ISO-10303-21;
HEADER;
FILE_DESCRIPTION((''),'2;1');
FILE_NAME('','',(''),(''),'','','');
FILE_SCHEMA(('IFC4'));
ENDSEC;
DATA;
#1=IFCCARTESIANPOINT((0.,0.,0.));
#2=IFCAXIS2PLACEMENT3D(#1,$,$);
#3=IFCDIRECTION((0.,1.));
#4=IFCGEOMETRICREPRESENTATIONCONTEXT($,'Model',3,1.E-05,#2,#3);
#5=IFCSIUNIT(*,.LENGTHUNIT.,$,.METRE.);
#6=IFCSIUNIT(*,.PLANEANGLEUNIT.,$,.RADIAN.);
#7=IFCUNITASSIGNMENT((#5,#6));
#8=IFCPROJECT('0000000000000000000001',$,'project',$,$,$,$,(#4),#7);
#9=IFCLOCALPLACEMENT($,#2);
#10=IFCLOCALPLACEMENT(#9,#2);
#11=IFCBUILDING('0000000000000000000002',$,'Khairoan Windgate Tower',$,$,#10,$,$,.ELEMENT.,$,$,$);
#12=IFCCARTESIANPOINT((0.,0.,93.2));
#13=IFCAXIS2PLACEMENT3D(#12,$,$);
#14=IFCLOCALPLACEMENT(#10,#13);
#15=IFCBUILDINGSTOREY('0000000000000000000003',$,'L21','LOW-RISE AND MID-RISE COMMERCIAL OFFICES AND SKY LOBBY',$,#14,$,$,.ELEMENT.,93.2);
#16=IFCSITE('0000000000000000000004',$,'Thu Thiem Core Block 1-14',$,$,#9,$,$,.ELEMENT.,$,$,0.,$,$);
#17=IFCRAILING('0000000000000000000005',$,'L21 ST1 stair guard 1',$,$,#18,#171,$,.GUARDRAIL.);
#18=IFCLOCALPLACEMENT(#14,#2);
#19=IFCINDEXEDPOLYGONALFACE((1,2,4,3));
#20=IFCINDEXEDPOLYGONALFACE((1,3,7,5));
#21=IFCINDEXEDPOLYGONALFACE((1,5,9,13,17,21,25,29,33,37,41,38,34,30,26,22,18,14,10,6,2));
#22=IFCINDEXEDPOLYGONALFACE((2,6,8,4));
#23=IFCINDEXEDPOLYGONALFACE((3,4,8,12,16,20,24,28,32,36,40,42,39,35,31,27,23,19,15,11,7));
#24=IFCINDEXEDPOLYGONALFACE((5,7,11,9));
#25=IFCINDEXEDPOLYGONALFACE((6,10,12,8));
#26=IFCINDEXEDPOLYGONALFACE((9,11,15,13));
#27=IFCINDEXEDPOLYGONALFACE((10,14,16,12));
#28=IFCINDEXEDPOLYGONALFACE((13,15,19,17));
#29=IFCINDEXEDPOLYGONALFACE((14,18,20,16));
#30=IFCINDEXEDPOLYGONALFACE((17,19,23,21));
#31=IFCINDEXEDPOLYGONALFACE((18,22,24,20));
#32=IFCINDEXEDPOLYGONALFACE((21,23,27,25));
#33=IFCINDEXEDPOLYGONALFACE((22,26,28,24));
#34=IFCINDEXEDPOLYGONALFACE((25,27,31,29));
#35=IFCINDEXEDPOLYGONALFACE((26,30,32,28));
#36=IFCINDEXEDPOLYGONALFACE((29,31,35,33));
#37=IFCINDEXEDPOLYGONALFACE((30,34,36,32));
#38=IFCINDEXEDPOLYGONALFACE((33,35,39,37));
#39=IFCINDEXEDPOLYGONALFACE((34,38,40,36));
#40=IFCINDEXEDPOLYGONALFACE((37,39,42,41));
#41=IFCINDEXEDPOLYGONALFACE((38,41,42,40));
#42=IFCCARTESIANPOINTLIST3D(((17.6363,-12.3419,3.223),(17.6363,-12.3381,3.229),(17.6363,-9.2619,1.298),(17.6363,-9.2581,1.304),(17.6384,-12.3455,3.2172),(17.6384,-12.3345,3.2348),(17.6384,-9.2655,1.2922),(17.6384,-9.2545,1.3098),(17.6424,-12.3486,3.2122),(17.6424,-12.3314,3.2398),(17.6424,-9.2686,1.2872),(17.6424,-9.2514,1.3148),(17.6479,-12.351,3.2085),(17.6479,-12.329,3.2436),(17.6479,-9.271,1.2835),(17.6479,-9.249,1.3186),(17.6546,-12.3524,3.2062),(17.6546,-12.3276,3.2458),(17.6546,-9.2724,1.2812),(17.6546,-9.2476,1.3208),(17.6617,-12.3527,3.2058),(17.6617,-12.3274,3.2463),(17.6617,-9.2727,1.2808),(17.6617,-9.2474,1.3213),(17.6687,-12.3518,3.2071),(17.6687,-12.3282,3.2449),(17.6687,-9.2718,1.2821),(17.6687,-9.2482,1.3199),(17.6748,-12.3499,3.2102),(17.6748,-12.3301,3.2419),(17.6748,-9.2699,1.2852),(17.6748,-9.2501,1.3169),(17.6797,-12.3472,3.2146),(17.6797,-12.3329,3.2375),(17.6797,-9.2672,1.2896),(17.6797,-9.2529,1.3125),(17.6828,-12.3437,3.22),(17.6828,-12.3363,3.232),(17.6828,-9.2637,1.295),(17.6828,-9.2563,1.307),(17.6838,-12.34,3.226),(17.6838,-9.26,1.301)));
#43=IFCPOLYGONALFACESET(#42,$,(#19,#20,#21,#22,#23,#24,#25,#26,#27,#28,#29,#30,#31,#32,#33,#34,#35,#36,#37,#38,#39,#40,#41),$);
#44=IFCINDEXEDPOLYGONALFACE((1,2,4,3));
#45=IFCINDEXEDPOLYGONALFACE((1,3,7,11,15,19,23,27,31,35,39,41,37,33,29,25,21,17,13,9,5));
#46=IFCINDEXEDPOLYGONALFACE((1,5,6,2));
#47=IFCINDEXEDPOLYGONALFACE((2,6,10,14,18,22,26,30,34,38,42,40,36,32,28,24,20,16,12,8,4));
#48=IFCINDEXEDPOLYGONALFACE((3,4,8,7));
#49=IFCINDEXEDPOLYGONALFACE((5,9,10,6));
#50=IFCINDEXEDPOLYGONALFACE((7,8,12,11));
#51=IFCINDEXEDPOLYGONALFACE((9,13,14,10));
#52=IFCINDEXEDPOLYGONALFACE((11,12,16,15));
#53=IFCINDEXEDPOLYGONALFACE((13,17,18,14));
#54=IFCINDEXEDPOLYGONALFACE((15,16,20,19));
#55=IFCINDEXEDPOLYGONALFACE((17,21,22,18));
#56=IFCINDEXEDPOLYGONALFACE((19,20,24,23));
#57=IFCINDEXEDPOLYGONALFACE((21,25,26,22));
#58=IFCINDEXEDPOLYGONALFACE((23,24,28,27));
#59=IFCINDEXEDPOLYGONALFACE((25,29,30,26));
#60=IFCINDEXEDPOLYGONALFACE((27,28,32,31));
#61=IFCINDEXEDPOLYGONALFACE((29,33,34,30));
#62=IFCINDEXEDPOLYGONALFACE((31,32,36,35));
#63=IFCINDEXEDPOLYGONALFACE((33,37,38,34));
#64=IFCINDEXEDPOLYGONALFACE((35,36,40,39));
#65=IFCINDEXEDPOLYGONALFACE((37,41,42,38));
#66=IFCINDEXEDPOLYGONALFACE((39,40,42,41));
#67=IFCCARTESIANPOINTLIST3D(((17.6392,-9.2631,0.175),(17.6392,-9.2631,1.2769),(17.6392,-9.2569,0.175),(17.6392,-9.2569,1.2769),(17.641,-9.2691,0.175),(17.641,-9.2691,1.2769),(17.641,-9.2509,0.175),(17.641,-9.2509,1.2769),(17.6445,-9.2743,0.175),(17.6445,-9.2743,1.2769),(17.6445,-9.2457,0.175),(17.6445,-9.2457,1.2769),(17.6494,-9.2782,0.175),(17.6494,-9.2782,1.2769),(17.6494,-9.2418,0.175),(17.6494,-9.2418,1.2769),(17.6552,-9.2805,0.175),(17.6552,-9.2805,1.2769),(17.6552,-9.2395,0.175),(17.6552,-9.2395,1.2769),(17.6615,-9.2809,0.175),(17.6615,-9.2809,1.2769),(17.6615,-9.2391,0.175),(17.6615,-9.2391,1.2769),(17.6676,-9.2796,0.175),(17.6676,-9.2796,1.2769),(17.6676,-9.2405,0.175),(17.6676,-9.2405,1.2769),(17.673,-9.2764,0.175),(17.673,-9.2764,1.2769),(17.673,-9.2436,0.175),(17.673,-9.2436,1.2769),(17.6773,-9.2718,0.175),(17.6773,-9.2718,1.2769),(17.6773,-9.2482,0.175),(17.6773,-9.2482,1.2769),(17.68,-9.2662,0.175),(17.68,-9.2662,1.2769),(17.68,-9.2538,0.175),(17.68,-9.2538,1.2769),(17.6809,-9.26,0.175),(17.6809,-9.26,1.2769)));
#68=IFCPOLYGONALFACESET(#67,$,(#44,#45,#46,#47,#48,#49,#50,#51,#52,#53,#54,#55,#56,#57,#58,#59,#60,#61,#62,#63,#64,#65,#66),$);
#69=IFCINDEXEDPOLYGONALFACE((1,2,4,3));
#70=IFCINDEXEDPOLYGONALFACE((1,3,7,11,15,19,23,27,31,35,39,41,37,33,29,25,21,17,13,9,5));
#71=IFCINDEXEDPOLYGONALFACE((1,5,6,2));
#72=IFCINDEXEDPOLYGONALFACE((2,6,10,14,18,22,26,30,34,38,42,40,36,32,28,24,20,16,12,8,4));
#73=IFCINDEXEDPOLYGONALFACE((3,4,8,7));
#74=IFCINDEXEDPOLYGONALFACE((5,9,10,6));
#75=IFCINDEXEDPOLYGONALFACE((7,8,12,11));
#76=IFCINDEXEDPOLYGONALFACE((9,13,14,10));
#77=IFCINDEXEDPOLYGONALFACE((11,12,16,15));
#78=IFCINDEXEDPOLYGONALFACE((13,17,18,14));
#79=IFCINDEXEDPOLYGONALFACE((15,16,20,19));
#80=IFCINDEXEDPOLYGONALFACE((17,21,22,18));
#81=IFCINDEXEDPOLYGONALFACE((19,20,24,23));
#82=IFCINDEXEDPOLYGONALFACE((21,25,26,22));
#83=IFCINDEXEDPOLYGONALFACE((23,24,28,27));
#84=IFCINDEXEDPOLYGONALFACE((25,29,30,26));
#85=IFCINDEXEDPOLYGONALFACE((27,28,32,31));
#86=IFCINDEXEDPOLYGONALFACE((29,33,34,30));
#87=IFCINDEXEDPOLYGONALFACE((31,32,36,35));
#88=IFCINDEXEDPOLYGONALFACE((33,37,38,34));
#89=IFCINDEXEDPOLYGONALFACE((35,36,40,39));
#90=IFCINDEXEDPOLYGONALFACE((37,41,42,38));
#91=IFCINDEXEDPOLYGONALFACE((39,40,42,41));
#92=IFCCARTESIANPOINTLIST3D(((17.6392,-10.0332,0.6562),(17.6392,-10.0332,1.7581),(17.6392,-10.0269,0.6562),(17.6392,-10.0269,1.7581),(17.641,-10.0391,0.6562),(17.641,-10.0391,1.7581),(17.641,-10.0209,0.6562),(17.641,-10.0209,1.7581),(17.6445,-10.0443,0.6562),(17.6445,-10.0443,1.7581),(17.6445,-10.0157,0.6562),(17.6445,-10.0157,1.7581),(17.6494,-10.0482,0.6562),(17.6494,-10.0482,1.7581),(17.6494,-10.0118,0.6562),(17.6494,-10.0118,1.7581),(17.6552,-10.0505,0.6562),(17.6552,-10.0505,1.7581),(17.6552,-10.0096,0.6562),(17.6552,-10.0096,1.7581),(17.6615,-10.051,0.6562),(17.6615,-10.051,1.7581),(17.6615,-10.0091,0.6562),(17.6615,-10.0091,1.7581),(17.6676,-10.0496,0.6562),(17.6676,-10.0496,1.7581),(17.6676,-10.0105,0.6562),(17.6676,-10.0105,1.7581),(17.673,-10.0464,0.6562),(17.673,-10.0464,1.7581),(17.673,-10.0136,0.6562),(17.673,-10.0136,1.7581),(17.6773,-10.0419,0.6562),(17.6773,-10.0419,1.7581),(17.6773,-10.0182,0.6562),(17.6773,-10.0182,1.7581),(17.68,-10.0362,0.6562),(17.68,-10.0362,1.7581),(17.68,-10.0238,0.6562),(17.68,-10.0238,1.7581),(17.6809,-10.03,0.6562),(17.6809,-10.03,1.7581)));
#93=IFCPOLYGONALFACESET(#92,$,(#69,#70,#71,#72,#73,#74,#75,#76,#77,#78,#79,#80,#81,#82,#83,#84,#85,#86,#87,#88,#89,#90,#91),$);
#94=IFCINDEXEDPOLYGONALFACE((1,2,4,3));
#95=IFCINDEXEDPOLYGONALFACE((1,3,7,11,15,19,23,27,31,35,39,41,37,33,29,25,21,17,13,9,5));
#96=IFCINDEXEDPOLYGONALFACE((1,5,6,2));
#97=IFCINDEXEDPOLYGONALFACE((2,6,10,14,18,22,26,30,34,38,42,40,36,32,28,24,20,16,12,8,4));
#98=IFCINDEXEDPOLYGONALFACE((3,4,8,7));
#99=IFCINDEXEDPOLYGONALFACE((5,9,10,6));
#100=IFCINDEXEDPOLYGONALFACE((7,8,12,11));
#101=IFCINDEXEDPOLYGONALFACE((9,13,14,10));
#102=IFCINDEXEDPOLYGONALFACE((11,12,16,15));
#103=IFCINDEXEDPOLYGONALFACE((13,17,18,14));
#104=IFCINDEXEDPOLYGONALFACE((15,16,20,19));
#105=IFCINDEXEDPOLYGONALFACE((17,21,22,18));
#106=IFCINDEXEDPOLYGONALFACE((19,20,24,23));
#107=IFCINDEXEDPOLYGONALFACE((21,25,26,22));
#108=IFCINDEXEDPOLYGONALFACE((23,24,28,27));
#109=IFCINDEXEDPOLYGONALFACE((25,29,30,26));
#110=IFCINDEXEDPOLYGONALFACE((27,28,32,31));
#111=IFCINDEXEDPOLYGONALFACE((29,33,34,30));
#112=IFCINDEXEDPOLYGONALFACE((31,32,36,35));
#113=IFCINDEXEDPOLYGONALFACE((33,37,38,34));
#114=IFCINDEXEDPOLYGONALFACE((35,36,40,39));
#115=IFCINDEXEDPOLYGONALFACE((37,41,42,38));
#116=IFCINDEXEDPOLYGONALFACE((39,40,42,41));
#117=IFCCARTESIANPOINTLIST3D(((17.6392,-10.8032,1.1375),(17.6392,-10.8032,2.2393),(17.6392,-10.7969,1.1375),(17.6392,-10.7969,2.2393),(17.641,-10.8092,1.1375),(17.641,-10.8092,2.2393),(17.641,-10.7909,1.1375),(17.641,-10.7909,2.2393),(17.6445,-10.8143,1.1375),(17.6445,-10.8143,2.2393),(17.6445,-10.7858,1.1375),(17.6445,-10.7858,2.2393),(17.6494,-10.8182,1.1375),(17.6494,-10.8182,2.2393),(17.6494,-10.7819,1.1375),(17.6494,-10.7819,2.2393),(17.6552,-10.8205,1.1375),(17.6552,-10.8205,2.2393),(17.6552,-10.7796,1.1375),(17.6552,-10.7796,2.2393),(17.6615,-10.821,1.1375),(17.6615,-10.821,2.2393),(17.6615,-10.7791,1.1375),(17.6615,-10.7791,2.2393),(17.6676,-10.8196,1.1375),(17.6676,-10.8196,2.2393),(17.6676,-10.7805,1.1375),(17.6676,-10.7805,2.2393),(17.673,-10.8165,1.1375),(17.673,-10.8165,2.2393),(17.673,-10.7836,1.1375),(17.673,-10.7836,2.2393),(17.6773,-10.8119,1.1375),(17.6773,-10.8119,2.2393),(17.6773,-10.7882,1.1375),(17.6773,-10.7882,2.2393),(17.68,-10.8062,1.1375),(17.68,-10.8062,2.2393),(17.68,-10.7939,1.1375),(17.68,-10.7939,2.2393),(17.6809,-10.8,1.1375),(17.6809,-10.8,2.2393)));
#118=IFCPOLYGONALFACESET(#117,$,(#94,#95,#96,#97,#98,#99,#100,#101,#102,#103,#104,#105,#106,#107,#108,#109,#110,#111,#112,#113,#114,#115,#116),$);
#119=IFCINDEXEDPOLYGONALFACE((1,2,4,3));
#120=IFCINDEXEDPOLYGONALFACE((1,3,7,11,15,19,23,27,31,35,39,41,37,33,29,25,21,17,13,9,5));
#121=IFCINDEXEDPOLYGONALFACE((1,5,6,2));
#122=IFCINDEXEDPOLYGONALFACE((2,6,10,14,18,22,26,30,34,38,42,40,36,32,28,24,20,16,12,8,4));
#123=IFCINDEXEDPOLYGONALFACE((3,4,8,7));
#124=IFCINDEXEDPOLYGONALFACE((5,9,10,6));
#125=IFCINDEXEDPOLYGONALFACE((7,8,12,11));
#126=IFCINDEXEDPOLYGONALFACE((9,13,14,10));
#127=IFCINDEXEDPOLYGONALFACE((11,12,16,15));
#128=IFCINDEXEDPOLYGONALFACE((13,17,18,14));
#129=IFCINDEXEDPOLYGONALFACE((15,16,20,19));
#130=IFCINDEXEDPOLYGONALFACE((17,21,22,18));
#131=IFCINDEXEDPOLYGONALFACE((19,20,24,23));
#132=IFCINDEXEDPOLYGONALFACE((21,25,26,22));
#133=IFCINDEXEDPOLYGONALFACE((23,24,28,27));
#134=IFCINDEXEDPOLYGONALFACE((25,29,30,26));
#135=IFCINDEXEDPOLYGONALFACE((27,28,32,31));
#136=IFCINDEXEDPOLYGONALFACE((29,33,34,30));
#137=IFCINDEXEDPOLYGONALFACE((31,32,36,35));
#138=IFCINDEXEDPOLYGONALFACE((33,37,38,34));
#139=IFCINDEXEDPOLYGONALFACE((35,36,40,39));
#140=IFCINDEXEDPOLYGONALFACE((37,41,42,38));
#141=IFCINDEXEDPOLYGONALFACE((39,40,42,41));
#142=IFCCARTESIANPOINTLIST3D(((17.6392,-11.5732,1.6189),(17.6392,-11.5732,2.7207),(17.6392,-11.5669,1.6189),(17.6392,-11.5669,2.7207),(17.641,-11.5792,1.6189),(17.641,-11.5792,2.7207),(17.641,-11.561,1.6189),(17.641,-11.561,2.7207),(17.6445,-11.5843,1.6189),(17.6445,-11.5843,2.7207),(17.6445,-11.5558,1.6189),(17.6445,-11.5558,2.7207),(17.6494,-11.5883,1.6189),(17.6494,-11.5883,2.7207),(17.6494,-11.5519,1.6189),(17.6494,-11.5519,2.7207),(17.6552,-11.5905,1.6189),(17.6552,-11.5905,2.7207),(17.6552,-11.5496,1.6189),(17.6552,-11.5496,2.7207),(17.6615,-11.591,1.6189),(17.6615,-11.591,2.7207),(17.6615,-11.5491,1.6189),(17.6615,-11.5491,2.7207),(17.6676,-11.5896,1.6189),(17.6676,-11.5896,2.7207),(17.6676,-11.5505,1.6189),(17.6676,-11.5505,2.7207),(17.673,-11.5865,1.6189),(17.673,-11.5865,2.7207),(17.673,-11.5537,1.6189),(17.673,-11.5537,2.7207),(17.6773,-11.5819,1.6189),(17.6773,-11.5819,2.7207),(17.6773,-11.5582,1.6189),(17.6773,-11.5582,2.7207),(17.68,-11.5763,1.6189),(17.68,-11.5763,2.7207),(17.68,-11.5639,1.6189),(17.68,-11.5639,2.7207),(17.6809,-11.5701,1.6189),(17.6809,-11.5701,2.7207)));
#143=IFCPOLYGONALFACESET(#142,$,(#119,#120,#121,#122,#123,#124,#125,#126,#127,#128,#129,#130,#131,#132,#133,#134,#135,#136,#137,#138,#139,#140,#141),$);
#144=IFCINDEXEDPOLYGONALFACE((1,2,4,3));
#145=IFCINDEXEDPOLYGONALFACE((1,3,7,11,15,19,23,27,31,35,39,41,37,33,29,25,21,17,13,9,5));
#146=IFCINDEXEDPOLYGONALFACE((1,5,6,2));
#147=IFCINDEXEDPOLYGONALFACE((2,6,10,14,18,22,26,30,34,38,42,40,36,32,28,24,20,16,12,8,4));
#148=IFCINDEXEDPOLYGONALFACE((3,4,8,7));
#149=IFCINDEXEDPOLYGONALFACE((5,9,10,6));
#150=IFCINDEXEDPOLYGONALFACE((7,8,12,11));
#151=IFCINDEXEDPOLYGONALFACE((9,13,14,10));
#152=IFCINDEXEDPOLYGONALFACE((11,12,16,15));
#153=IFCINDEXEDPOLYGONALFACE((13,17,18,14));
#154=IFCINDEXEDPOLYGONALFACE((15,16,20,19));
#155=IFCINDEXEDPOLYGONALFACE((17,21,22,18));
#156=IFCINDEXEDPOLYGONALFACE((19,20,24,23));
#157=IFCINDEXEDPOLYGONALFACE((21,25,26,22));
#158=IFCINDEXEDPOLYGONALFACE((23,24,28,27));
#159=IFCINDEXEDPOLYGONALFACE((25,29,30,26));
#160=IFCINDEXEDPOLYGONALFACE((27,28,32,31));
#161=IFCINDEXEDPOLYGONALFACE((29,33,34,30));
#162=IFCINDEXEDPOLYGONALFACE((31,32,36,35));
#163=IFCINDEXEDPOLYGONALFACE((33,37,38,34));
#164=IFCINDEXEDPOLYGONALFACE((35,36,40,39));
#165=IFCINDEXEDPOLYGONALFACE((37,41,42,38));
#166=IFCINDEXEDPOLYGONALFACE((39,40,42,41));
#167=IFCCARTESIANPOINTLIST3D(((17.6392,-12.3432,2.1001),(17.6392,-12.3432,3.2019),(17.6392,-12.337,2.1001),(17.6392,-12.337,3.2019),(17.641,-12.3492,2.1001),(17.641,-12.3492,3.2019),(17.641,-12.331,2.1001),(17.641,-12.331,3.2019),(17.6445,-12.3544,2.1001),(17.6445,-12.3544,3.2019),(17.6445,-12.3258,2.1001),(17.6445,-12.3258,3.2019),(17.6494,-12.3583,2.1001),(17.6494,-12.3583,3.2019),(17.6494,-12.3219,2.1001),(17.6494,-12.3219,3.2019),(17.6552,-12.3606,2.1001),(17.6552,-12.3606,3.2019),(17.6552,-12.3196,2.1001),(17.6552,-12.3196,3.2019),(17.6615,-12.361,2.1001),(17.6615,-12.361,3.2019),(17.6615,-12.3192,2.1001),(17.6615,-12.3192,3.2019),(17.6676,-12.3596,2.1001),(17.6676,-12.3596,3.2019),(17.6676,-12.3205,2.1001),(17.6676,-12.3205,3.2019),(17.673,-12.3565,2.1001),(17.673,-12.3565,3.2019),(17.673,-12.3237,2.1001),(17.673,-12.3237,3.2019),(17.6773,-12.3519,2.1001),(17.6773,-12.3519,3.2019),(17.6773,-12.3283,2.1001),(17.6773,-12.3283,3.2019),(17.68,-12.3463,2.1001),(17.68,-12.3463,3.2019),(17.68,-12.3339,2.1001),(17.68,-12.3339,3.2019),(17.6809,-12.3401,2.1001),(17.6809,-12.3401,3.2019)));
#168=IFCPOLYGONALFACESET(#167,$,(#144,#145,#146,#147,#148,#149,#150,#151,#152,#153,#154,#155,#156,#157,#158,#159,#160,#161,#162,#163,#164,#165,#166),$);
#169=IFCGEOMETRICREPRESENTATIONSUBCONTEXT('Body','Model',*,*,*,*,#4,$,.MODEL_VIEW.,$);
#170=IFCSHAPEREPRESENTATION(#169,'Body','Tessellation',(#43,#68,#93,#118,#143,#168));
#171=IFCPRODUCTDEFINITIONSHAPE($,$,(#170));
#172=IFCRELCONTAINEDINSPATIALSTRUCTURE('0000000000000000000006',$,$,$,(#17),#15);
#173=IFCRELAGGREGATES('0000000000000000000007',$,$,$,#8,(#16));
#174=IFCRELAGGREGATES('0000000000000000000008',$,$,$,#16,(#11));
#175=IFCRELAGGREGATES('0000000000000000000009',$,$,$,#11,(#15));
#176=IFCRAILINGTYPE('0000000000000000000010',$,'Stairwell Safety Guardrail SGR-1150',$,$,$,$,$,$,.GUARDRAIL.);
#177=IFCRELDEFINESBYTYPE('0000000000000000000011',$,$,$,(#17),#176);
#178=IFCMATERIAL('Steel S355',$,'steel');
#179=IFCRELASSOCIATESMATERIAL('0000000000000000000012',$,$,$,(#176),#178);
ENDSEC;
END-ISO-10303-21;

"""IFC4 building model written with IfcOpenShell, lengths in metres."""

from ifc_helpers import new_model, si_unit, direction, frame, origin, origin_2d, place, context, subcontext, project, spatial, circle, extrude, material, type_object, element, save


model = new_model("IFC4")

# Units and contexts
model_context = context("Model", 3, precision=1e-05, world=origin(), true_north=direction((0.0, 1.0)))
body_context = subcontext(model_context, "Body", "Model", "MODEL_VIEW")
ifc_project = project(units=[si_unit("LENGTHUNIT", "METRE"), si_unit("PLANEANGLEUNIT", "RADIAN")], contexts=[model_context])

# Site, building, storey
site_placement = place(None, origin())
site = spatial("IfcSite", under=ifc_project, at=site_placement, Name="Thu Thiem Core Block 1-14", CompositionType="ELEMENT", RefElevation=0.0)
building_placement = place(site_placement, origin())
building = spatial("IfcBuilding", under=site, at=building_placement, Name="Khairoan Windgate Tower", CompositionType="ELEMENT")
storey_placement = place(building_placement, frame((0.0, 0.0, 93.2)))
storey = spatial("IfcBuildingStorey", under=building, at=storey_placement, Name="L21", Description="LOW-RISE AND MID-RISE COMMERCIAL OFFICES AND SKY LOBBY", CompositionType="ELEMENT", Elevation=93.2)

# Railing
ifc_material_1 = material(Name="Steel S355", Category="steel")
railing_type_1 = type_object("IfcRailingType", Name="Stairwell Safety Guardrail SGR-1150", PredefinedType="GUARDRAIL", material=ifc_material_1)
railing_1_placement = place(storey_placement, frame((17.6599, -9.26, 0.175)))
element("IfcRailing", 1, at=railing_1_placement, inside=storey, type_object=railing_type_1, Name="L21 ST1 stair guard 1", PredefinedType="GUARDRAIL", context=body_context, shape_type="SweptSolid", body=[
    extrude(circle(Radius=0.0239, at=origin_2d()), frame((0.0, 0.0, 1.126), z_axis=(0.0, -0.847998, 0.529999), x_axis=(1.0, 0.0, 0.0)), (0.0, 0.0, 1.0), 3.6321),
    extrude(circle(Radius=0.021, at=origin_2d()), origin(), (0.0, 0.0, 1.0), 1.1018),
    extrude(circle(Radius=0.021, at=origin_2d()), frame((0.0, -0.77, 0.4812)), (0.0, 0.0, 1.0), 1.1018),
    extrude(circle(Radius=0.021, at=origin_2d()), frame((0.0, -1.54, 0.9624)), (0.0, 0.0, 1.0), 1.1018),
    extrude(circle(Radius=0.021, at=origin_2d()), frame((0.0, -2.3101, 1.4438)), (0.0, 0.0, 1.0), 1.1018),
    extrude(circle(Radius=0.021, at=origin_2d()), frame((0.0, -3.0801, 1.925)), (0.0, 0.0, 1.0), 1.1018),
])

save(model, "model.ifc")
